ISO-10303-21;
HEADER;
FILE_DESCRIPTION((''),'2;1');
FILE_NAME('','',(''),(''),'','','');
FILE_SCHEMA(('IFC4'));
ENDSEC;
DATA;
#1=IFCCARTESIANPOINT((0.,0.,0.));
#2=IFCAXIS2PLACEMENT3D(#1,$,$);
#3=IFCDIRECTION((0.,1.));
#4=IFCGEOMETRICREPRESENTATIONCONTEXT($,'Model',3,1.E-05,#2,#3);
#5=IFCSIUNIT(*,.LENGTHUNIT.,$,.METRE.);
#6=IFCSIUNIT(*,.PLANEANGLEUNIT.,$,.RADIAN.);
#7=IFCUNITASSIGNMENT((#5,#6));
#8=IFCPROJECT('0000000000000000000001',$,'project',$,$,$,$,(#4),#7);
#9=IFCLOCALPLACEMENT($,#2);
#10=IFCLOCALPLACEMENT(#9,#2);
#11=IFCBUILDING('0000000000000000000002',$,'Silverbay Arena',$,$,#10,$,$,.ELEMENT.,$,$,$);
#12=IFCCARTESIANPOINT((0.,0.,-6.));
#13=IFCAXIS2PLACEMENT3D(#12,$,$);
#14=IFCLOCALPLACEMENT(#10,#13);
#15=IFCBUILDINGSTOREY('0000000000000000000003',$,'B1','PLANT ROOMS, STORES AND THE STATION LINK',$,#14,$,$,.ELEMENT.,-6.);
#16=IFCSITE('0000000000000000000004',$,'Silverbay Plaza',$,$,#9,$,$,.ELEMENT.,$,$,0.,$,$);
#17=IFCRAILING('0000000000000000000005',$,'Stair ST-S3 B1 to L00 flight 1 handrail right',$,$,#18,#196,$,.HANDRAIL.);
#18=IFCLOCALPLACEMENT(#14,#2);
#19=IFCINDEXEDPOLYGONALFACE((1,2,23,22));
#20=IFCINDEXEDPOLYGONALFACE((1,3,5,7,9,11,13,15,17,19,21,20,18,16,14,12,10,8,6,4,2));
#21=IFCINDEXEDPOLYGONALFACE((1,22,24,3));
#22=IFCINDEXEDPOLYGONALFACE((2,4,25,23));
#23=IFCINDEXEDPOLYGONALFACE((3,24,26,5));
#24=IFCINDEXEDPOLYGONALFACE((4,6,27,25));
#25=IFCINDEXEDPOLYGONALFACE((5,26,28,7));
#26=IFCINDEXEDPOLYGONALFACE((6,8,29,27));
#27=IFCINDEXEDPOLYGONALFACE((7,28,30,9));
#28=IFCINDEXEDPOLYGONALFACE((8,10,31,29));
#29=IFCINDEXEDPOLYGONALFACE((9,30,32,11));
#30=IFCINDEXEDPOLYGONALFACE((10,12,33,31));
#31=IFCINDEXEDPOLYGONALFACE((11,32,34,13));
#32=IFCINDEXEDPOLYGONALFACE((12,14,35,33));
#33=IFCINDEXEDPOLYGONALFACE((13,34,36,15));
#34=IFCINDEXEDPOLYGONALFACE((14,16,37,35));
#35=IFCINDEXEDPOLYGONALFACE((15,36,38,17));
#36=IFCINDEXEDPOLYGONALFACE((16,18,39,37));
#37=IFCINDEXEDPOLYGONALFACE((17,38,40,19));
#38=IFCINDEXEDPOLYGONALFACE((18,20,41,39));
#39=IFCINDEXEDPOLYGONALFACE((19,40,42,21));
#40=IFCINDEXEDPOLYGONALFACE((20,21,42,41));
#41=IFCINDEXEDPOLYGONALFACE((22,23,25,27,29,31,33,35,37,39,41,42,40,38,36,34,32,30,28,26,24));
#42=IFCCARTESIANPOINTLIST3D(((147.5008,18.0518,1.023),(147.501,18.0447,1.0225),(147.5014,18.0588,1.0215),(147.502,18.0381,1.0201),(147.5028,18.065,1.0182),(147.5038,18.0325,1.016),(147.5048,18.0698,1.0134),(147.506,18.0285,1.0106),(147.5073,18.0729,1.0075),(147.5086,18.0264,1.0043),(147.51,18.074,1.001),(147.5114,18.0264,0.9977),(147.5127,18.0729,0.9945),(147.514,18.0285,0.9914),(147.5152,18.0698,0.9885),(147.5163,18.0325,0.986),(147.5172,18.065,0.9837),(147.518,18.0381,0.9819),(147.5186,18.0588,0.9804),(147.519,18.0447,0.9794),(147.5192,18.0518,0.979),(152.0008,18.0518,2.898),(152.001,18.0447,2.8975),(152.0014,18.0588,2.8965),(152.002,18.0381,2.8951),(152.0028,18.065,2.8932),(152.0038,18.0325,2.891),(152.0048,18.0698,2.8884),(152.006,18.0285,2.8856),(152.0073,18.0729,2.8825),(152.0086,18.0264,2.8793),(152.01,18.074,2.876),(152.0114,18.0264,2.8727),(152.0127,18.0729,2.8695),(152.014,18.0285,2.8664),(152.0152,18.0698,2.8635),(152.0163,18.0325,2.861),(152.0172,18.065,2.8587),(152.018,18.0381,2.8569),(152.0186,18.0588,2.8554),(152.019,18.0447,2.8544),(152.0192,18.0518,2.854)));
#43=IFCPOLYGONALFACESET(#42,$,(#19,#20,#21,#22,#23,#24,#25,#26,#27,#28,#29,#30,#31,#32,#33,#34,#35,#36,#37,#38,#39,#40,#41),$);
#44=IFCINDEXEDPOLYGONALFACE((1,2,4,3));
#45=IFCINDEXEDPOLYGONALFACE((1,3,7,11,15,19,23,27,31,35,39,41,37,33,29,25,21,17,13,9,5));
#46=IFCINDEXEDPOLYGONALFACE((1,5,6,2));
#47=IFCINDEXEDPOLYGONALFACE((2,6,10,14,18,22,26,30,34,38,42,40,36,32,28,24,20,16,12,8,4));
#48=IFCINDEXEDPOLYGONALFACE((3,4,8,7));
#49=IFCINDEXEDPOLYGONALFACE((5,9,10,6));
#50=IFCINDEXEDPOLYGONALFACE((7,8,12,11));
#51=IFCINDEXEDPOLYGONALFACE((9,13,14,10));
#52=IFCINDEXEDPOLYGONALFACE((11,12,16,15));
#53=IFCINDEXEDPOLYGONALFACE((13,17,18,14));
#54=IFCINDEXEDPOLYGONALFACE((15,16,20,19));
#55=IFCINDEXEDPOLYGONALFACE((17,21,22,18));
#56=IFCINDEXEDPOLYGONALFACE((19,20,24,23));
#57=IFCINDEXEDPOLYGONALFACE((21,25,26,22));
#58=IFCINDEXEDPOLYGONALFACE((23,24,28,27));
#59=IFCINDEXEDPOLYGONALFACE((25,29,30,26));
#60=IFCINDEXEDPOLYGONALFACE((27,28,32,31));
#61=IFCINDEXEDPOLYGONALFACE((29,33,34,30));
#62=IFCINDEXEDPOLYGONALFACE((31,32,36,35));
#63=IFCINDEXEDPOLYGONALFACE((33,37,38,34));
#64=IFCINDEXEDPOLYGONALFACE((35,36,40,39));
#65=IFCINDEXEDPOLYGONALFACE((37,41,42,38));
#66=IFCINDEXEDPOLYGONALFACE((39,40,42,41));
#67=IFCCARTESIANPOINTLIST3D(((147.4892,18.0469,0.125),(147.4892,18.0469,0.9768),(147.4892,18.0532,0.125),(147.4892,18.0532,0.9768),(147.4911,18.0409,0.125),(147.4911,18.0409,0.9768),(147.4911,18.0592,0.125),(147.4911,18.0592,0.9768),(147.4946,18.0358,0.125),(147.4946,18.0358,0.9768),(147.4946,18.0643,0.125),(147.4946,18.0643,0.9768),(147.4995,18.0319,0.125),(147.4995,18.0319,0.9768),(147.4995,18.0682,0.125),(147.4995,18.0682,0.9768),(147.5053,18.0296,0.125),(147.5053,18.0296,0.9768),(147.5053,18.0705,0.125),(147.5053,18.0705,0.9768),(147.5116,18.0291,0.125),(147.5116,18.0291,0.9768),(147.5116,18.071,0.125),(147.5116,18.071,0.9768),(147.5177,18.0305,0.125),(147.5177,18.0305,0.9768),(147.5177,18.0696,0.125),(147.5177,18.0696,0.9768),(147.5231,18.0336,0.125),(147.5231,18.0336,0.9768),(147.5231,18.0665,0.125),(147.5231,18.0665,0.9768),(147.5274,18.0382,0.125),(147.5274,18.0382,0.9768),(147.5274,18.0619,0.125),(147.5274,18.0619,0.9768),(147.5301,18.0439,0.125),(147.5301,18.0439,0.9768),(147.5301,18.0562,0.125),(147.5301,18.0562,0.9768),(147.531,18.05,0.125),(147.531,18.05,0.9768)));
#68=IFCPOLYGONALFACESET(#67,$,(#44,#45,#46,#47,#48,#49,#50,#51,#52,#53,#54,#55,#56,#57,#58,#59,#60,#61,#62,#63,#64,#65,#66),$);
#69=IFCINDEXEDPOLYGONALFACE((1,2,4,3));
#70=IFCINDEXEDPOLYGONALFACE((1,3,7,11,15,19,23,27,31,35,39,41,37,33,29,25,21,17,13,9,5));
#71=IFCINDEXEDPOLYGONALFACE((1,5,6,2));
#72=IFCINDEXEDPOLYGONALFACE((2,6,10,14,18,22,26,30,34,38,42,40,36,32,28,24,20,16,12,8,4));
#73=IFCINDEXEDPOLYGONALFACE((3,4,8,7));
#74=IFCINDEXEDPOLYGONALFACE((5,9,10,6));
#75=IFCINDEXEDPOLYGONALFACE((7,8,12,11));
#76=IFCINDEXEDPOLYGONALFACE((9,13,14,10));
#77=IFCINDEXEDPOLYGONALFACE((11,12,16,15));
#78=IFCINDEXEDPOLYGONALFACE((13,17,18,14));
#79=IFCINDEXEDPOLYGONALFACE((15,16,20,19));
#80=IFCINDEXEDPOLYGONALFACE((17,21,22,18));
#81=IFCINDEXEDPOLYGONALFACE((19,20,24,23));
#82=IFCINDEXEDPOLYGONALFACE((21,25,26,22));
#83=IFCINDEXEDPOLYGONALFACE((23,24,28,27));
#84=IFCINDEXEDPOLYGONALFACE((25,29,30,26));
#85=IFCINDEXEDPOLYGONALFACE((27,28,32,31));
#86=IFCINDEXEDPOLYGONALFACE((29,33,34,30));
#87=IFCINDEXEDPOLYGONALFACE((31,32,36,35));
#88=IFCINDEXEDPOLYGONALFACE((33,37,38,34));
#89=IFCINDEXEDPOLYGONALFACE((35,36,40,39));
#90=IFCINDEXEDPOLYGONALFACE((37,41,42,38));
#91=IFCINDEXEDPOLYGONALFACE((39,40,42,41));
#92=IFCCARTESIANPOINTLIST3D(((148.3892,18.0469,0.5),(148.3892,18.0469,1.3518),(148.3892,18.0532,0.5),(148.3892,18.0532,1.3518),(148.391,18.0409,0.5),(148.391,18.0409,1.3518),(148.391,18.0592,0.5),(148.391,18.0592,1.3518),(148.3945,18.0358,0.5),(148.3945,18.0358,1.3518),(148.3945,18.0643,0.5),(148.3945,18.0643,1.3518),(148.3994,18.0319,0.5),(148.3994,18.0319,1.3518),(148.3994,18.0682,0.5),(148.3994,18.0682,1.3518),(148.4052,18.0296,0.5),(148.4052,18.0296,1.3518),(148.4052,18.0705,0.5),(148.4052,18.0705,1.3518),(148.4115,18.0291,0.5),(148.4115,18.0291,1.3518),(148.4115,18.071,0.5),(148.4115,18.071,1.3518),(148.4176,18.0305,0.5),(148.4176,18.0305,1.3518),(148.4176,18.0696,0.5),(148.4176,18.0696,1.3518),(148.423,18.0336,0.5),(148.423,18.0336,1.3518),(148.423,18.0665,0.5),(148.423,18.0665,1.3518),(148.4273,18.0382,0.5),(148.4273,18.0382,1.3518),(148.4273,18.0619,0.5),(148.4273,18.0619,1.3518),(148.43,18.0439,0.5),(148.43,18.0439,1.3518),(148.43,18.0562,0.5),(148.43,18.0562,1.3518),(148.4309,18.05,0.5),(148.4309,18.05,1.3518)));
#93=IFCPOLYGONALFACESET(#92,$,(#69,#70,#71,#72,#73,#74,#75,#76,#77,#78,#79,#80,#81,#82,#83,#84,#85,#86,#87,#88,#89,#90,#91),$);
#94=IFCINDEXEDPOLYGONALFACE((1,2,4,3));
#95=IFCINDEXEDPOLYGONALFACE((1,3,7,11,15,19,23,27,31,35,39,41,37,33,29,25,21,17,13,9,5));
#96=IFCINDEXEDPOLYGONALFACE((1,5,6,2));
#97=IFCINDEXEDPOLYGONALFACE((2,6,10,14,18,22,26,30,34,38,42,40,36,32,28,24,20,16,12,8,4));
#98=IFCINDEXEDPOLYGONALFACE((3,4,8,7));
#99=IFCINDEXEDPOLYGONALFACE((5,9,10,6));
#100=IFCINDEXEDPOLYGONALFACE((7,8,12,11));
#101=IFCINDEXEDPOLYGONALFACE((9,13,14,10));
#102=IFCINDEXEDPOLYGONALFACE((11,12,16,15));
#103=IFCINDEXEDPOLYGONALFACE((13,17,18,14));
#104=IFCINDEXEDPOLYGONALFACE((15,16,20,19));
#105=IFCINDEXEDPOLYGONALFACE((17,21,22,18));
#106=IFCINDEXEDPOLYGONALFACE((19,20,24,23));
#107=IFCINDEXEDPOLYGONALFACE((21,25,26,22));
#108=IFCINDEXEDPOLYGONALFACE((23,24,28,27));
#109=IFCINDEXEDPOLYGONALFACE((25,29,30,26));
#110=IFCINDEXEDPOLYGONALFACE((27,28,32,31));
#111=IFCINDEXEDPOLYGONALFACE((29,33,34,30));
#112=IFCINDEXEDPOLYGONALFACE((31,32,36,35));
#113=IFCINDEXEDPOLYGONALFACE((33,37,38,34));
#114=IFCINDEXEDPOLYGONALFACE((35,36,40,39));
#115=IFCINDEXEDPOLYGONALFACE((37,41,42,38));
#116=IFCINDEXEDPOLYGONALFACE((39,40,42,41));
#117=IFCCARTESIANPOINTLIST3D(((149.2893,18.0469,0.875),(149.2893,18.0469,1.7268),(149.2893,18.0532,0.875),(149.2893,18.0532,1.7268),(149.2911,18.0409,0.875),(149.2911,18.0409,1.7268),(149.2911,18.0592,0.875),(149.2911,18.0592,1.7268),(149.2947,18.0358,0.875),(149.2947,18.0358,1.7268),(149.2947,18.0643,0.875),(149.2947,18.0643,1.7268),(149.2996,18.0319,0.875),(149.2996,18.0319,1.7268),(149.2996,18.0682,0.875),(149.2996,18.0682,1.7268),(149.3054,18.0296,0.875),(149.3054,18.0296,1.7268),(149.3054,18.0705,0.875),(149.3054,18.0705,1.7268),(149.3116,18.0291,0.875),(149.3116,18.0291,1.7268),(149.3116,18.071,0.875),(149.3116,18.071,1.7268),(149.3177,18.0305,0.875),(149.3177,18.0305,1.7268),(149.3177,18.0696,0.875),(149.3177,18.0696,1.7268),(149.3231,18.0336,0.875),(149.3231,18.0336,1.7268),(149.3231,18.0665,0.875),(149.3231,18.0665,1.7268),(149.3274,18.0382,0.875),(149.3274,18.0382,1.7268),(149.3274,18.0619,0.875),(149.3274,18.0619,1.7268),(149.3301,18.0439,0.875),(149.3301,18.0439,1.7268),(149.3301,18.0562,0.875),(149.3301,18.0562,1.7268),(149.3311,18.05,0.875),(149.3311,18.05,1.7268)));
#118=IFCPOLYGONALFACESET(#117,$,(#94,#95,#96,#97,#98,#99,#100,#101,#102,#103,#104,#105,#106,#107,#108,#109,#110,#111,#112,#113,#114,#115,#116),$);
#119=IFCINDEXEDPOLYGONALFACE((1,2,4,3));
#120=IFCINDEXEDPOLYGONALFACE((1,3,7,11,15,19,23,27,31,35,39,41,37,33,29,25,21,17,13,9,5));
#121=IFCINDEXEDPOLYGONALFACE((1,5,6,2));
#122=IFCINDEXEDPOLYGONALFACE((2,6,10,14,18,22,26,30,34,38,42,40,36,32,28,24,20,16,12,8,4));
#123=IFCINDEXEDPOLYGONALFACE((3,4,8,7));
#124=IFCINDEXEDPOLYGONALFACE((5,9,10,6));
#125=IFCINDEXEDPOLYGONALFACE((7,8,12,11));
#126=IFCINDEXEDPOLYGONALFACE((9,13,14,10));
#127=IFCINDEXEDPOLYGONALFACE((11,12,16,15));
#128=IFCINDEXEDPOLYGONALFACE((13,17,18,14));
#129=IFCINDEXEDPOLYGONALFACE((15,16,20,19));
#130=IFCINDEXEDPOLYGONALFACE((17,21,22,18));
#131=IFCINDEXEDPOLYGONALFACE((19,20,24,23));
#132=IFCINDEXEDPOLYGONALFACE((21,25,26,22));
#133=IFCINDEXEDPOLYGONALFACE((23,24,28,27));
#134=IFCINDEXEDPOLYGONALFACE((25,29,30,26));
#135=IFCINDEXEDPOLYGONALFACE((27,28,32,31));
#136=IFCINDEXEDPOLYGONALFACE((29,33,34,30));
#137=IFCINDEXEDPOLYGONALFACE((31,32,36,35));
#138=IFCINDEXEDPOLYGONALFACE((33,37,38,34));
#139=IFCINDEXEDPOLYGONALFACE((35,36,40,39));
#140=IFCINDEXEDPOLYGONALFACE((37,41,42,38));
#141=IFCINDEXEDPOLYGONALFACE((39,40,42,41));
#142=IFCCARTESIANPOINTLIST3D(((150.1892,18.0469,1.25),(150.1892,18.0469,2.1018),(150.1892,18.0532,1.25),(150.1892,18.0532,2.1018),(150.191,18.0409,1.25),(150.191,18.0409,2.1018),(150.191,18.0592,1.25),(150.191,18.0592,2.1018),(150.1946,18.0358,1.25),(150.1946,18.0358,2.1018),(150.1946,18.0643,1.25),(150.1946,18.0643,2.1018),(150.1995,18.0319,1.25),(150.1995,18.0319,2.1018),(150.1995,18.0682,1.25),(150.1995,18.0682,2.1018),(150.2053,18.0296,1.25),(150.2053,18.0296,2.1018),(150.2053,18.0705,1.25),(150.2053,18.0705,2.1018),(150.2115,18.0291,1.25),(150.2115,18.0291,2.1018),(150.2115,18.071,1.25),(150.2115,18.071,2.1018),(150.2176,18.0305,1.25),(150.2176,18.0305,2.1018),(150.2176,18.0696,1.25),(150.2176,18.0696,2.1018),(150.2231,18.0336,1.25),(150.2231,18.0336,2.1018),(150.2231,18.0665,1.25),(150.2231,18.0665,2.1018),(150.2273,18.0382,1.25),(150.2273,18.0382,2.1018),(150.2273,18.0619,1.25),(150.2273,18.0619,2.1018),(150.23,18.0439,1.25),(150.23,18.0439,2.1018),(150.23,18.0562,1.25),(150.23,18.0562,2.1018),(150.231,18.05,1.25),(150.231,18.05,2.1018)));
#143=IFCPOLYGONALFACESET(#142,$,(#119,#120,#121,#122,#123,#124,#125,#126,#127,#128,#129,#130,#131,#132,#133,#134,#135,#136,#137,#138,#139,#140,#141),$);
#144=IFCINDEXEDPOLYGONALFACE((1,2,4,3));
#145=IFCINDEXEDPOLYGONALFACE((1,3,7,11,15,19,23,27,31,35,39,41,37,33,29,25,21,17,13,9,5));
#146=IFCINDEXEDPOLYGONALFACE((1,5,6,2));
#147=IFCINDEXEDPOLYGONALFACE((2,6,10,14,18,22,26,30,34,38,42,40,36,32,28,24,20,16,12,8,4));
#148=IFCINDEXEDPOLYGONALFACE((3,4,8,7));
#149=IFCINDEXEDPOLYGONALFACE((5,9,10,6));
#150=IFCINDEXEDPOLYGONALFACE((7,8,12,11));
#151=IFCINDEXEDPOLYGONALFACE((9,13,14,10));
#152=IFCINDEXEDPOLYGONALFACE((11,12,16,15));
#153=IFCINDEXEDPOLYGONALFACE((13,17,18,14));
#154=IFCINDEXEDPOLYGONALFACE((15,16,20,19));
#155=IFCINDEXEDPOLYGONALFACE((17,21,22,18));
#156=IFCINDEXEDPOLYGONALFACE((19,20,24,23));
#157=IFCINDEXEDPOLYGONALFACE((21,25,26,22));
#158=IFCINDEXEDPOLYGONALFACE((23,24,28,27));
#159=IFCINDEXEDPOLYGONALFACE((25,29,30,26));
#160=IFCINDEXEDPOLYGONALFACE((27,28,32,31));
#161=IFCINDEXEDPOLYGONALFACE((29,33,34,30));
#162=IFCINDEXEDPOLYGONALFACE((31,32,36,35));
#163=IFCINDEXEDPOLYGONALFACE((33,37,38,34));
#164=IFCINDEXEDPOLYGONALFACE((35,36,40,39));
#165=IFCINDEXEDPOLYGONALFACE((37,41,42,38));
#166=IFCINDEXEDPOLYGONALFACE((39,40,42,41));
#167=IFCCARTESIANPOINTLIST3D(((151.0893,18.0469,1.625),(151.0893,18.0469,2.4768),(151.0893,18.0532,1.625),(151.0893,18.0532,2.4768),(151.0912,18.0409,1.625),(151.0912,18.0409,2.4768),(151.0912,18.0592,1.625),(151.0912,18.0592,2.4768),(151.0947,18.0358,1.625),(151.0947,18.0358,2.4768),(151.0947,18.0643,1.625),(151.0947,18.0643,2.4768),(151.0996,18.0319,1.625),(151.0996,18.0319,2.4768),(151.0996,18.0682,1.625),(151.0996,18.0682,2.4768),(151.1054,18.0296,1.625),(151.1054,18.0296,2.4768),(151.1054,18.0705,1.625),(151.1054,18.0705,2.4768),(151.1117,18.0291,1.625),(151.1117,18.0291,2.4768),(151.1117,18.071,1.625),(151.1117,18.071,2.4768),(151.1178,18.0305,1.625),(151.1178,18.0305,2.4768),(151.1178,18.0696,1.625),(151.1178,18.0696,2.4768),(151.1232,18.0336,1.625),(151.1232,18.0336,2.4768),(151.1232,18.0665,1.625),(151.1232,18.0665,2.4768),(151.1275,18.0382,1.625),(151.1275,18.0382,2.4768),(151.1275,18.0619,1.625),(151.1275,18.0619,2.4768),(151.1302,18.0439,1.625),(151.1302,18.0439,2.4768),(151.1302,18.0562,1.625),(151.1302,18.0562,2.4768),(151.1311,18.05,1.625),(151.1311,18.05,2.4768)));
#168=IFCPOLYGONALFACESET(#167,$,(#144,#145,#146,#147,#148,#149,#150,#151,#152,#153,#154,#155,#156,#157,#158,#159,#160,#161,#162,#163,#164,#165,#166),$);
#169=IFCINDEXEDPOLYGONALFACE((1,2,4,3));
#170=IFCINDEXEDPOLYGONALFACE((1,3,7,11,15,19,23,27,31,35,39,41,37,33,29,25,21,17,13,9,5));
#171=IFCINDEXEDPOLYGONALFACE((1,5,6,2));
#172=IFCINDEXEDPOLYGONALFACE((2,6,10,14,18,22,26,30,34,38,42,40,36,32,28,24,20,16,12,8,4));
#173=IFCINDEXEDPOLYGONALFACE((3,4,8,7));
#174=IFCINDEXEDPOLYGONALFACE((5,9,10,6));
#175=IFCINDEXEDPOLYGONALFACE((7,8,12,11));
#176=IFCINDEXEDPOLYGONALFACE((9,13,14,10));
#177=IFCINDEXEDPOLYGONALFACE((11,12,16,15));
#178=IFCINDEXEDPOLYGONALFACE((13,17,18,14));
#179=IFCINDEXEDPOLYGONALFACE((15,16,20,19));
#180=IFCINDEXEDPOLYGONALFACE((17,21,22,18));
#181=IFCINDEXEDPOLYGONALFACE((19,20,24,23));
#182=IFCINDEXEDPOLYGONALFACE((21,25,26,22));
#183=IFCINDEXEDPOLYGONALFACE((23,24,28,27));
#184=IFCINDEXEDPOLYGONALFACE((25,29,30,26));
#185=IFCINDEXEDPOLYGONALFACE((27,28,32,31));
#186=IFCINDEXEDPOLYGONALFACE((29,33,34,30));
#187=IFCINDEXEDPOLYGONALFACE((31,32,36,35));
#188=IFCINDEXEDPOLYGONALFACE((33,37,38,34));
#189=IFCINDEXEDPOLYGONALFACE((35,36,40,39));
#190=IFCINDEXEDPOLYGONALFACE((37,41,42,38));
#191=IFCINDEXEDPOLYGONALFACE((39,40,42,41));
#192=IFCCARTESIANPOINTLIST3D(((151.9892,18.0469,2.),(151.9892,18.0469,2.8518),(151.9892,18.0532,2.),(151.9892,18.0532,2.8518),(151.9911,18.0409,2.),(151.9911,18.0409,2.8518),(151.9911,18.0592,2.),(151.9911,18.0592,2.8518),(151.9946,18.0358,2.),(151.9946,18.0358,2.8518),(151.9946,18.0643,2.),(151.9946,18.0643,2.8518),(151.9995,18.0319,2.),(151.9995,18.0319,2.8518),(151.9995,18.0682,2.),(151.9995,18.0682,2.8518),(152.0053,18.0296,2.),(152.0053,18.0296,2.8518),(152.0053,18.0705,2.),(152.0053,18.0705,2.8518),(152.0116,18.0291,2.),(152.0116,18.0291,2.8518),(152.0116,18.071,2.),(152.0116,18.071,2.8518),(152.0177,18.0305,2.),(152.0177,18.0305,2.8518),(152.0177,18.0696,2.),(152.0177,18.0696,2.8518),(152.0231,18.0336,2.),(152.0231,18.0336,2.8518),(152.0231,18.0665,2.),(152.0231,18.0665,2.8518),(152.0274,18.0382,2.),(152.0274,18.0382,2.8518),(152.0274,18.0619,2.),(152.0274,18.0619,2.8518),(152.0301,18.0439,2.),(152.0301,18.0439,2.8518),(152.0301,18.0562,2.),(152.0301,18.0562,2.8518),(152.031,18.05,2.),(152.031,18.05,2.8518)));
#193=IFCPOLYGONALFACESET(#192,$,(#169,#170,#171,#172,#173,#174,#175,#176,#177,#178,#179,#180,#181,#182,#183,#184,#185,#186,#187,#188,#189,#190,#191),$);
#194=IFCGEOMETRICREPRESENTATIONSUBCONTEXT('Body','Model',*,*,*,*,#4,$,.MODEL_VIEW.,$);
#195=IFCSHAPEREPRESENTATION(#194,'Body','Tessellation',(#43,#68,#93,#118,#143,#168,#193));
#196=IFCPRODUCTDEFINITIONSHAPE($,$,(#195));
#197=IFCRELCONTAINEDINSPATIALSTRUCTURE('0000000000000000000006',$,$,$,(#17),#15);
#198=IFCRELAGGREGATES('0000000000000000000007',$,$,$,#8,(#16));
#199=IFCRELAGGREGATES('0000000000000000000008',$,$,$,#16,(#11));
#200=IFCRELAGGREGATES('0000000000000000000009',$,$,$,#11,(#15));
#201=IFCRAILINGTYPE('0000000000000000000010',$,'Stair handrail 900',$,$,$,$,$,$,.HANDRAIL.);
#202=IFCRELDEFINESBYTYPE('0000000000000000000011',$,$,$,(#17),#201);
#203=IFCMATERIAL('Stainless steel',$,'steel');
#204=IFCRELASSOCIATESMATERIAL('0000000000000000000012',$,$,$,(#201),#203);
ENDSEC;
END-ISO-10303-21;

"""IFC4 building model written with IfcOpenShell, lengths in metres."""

from ifc_helpers import new_model, si_unit, direction, frame, origin, origin_2d, place, context, subcontext, project, spatial, circle, extrude, material, type_object, element, save


model = new_model("IFC4")

# Units and contexts
model_context = context("Model", 3, precision=1e-05, world=origin(), true_north=direction((0.0, 1.0)))
body_context = subcontext(model_context, "Body", "Model", "MODEL_VIEW")
ifc_project = project(units=[si_unit("LENGTHUNIT", "METRE"), si_unit("PLANEANGLEUNIT", "RADIAN")], contexts=[model_context])

# Site, building, storey
site_placement = place(None, origin())
site = spatial("IfcSite", under=ifc_project, at=site_placement, Name="Silverbay Plaza", CompositionType="ELEMENT", RefElevation=0.0)
building_placement = place(site_placement, origin())
building = spatial("IfcBuilding", under=site, at=building_placement, Name="Silverbay Arena", CompositionType="ELEMENT")
storey_placement = place(building_placement, frame((0.0, 0.0, -6.0)))
storey = spatial("IfcBuildingStorey", under=building, at=storey_placement, Name="B1", Description="PLANT ROOMS, STORES AND THE STATION LINK", CompositionType="ELEMENT", Elevation=-6.0)

# Railing
ifc_material_1 = material(Name="Stainless steel", Category="steel")
railing_type_1 = type_object("IfcRailingType", Name="Stair handrail 900", PredefinedType="HANDRAIL", material=ifc_material_1)
for number, where, name in (
    (1, (147.51, 18.05, 0.125), "Stair ST-S3 B1 to L00 flight 1 handrail right"),
):
    element("IfcRailing", number, at=place(storey_placement, frame(where)), inside=storey, type_object=railing_type_1, Name=name, PredefinedType="HANDRAIL", context=body_context, shape_type="SweptSolid", body=[
        extrude(circle(Radius=0.0239, at=origin_2d()), frame((0.0, 0.0, 0.876), z_axis=(0.923077, 0.0, 0.384615), x_axis=(0.0, 1.0, 0.0)), (0.0, 0.0, 1.0), 4.875),
        extrude(circle(Radius=0.021, at=origin_2d()), origin(), (0.0, 0.0, 1.0), 0.8518),
        extrude(circle(Radius=0.021, at=origin_2d()), frame((0.8999, 0.0, 0.375)), (0.0, 0.0, 1.0), 0.8518),
        extrude(circle(Radius=0.021, at=origin_2d()), frame((1.8, 0.0, 0.75)), (0.0, 0.0, 1.0), 0.8518),
        extrude(circle(Radius=0.021, at=origin_2d()), frame((2.7, 0.0, 1.125)), (0.0, 0.0, 1.0), 0.8518),
        extrude(circle(Radius=0.021, at=origin_2d()), frame((3.6001, 0.0, 1.5)), (0.0, 0.0, 1.0), 0.8518),
        extrude(circle(Radius=0.021, at=origin_2d()), frame((4.5, 0.0, 1.875)), (0.0, 0.0, 1.0), 0.8518),
    ])

save(model, "model.ifc")
